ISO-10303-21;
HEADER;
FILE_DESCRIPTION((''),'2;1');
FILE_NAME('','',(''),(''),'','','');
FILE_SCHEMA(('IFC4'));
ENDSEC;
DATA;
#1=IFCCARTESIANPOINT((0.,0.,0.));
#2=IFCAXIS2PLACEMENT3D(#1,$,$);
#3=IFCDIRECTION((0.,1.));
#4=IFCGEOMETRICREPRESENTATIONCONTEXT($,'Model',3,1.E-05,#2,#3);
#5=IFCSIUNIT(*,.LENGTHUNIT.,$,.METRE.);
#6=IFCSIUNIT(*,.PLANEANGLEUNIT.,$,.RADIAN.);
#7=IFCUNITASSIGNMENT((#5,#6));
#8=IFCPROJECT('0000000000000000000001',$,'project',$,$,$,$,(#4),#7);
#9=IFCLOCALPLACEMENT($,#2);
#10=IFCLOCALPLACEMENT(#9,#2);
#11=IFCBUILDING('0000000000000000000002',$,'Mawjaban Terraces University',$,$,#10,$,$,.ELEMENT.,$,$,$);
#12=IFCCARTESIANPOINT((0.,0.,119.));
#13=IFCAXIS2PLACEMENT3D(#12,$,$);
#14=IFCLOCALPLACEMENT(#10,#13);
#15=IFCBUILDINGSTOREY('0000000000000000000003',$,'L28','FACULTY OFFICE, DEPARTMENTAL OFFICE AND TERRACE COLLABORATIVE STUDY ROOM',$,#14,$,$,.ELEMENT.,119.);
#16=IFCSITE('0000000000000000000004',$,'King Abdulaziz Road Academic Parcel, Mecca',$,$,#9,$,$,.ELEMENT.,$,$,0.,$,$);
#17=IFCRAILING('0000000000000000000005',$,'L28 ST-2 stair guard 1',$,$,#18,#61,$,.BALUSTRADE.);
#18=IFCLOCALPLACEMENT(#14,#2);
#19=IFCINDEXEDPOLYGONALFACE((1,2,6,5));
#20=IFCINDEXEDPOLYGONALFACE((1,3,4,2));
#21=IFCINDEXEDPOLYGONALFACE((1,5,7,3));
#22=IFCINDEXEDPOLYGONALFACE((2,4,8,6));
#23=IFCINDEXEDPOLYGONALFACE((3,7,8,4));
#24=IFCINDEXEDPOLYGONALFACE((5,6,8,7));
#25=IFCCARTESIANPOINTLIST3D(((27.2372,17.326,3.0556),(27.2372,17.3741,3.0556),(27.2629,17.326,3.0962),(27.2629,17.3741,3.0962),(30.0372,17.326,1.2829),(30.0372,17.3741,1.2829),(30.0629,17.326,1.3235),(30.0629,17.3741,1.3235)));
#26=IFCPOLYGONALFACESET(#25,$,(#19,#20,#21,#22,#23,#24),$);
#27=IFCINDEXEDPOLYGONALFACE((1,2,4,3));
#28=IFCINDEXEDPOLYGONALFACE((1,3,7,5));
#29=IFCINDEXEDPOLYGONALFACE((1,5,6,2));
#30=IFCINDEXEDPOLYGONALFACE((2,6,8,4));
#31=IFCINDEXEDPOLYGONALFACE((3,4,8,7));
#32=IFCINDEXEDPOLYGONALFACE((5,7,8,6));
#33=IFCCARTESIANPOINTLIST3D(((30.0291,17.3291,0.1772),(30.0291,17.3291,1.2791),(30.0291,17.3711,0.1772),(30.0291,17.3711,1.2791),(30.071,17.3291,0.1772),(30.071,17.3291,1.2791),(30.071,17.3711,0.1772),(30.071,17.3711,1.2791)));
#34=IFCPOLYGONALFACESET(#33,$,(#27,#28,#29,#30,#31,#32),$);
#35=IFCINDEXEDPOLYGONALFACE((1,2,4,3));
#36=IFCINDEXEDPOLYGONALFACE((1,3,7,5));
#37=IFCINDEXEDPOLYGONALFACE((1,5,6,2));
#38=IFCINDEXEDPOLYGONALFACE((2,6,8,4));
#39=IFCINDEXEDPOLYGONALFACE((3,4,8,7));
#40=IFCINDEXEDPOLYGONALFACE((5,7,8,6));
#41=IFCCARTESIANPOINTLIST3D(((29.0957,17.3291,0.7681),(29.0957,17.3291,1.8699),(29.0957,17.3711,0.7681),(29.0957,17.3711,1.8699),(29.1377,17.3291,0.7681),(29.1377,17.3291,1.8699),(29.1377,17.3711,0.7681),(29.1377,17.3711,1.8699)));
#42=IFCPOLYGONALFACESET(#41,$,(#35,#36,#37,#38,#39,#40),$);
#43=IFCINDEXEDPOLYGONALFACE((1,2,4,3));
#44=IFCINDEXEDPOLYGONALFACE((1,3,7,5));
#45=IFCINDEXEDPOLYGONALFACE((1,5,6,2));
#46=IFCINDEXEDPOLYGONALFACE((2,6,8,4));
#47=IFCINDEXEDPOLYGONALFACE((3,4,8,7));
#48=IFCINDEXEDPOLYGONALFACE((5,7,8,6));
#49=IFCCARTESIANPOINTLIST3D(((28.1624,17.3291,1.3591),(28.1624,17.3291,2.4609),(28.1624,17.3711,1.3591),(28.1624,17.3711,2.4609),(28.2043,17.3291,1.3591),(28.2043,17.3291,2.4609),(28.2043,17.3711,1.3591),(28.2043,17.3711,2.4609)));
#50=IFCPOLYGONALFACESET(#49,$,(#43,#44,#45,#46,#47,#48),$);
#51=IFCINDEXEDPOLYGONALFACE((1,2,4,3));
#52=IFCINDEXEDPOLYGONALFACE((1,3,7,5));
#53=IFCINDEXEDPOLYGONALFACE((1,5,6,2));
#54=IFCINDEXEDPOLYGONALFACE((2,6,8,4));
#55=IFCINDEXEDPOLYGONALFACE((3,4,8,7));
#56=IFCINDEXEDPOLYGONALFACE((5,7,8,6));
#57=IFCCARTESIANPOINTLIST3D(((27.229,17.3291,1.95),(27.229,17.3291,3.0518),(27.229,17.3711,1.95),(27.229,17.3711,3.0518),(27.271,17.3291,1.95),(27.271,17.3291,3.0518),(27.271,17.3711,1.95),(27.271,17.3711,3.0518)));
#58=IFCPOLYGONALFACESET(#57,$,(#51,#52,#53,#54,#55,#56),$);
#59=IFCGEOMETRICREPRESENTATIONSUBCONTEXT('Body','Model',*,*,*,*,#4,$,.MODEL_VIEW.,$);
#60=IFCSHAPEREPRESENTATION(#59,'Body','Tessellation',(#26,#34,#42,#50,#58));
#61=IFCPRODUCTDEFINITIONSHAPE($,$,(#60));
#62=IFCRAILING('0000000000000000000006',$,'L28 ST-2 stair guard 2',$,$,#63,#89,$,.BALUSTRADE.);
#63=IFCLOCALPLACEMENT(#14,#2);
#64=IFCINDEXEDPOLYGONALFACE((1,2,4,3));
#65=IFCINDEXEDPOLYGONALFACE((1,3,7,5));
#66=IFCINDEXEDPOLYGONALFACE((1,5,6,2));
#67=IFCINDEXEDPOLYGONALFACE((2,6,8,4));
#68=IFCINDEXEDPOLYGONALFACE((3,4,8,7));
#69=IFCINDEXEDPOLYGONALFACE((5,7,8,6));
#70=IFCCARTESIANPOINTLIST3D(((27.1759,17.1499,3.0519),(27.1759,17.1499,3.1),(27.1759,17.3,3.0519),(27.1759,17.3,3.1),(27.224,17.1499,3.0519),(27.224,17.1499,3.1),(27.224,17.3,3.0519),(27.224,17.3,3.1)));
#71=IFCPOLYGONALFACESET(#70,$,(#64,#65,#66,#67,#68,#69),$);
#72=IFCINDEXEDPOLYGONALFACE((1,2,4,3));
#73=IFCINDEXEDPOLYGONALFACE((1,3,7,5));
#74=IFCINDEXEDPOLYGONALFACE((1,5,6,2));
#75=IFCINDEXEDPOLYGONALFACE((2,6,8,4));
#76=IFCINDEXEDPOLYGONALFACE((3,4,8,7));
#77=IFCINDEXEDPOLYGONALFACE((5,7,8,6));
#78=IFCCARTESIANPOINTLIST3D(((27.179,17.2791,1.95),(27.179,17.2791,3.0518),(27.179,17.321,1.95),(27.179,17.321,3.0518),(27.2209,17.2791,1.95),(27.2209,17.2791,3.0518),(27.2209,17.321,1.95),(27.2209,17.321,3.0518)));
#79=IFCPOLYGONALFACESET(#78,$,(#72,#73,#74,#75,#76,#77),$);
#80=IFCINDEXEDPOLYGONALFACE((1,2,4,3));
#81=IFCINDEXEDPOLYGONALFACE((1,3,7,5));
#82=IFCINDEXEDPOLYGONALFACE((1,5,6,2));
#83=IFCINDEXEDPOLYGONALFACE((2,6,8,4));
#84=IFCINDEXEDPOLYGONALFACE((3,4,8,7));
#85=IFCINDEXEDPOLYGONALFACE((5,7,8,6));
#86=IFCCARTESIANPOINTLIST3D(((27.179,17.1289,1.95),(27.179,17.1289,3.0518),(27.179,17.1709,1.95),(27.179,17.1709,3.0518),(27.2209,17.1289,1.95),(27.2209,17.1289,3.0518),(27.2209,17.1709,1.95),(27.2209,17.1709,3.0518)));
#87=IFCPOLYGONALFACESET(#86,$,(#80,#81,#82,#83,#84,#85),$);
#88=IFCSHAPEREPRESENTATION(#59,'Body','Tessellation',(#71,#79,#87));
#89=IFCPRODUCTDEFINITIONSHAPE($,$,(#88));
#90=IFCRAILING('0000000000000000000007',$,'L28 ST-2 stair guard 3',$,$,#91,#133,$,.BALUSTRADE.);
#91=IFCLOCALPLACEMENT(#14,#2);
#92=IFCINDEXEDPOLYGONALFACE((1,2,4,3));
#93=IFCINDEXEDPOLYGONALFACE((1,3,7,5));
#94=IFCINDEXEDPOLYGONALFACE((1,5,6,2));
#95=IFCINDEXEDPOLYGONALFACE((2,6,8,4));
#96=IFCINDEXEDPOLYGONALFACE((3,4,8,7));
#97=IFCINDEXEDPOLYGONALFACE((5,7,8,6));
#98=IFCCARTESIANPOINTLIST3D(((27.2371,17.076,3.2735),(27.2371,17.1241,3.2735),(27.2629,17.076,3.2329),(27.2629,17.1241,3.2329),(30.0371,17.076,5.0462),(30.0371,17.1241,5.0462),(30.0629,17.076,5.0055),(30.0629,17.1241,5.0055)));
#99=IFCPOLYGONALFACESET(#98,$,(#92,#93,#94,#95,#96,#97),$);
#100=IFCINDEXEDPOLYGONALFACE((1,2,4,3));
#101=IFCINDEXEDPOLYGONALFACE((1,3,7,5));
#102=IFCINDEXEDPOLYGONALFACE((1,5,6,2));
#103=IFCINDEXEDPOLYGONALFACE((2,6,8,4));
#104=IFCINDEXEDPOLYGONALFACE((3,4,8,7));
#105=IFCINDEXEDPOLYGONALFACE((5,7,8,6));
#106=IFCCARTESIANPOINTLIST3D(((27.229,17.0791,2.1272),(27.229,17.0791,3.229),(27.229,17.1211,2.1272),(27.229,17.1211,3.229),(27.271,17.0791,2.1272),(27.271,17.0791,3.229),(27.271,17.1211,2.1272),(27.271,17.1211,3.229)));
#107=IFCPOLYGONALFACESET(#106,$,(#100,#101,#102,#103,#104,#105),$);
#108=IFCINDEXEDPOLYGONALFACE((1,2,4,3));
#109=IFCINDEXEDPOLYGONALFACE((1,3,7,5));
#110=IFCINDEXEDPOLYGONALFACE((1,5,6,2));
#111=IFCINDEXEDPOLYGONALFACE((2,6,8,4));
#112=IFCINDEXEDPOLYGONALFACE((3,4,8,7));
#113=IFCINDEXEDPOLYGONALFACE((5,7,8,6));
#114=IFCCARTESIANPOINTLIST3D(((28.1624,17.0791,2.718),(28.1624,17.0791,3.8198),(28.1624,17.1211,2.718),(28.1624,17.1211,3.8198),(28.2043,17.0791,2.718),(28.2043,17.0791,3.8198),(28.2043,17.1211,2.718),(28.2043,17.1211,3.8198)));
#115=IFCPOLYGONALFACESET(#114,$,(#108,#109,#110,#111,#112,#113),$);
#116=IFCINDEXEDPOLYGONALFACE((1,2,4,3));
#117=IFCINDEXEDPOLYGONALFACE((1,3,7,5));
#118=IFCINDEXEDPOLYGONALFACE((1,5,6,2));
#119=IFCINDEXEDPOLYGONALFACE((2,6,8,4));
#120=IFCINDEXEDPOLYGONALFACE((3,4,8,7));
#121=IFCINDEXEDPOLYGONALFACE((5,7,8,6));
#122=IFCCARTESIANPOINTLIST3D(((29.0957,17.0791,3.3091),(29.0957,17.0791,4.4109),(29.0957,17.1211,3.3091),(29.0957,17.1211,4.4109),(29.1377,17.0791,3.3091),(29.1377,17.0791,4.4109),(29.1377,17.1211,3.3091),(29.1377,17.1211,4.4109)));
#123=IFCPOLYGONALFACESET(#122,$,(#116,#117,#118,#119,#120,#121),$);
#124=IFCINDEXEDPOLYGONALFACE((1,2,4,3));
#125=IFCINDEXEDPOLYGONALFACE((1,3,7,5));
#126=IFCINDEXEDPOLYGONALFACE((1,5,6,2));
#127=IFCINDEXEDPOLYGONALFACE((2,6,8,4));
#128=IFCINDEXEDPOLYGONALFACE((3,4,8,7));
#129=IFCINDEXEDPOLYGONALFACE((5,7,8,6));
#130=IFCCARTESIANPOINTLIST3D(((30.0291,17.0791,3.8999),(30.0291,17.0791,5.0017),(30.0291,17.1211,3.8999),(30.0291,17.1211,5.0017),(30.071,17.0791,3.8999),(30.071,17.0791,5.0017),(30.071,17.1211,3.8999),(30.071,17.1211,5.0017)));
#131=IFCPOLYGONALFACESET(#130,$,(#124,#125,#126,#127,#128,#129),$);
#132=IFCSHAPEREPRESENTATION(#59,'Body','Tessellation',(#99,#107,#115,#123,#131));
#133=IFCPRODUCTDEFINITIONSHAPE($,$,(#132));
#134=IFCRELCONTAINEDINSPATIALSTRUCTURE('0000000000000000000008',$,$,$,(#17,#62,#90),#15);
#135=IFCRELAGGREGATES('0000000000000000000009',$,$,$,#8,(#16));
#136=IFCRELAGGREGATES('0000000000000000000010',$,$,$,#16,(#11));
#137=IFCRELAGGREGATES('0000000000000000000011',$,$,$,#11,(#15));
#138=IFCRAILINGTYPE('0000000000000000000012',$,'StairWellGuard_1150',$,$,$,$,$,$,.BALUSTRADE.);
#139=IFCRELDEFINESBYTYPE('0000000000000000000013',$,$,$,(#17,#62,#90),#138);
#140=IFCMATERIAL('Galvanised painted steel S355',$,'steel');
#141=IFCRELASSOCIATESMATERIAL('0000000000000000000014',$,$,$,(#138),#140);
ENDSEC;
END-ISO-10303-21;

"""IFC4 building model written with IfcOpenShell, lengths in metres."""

from ifc_helpers import new_model, si_unit, direction, frame, origin, origin_2d, place, context, subcontext, project, spatial, rectangle, extrude, material, type_object, element, save


model = new_model("IFC4")

# Units and contexts
model_context = context("Model", 3, precision=1e-05, world=origin(), true_north=direction((0.0, 1.0)))
body_context = subcontext(model_context, "Body", "Model", "MODEL_VIEW")
ifc_project = project(units=[si_unit("LENGTHUNIT", "METRE"), si_unit("PLANEANGLEUNIT", "RADIAN")], contexts=[model_context])

# Site, building, storey
site_placement = place(None, origin())
site = spatial("IfcSite", under=ifc_project, at=site_placement, Name="King Abdulaziz Road Academic Parcel, Mecca", CompositionType="ELEMENT", RefElevation=0.0)
building_placement = place(site_placement, origin())
building = spatial("IfcBuilding", under=site, at=building_placement, Name="Mawjaban Terraces University", CompositionType="ELEMENT")
storey_placement = place(building_placement, frame((0.0, 0.0, 119.0)))
storey = spatial("IfcBuildingStorey", under=building, at=storey_placement, Name="L28", Description="FACULTY OFFICE, DEPARTMENTAL OFFICE AND TERRACE COLLABORATIVE STUDY ROOM", CompositionType="ELEMENT", Elevation=119.0)

# Railings
ifc_material_1 = material(Name="Galvanised painted steel S355", Category="steel")
railing_type_1 = type_object("IfcRailingType", Name="StairWellGuard_1150", PredefinedType="BALUSTRADE", material=ifc_material_1)
railing_1_placement = place(storey_placement, frame((30.05, 17.3501, 0.1772)))
element("IfcRailing", 1, at=railing_1_placement, inside=storey, type_object=railing_type_1, Name="L28 ST-2 stair guard 1", PredefinedType="BALUSTRADE", context=body_context, shape_type="SweptSolid", body=[
    extrude(rectangle(XDim=0.0481, YDim=0.0481, at=origin_2d()), frame((0.0, 0.0, 1.126), z_axis=(-0.844909, 0.0, 0.53491), x_axis=(0.0, -1.0, 0.0)), (0.0, 0.0, 1.0), 3.314),
    extrude(rectangle(XDim=0.042, YDim=0.042, at=origin_2d()), origin(), (0.0, 0.0, 1.0), 1.1018),
    extrude(rectangle(XDim=0.042, YDim=0.042, at=origin_2d()), frame((-0.9333, 0.0, 0.5908)), (0.0, 0.0, 1.0), 1.1018),
    extrude(rectangle(XDim=0.042, YDim=0.042, at=origin_2d()), frame((-1.8667, 0.0, 1.1819)), (0.0, 0.0, 1.0), 1.1018),
    extrude(rectangle(XDim=0.042, YDim=0.042, at=origin_2d()), frame((-2.8, 0.0, 1.7727)), (0.0, 0.0, 1.0), 1.1018),
])
railing_2_placement = place(storey_placement, frame((27.2, 17.3, 1.95)))
element("IfcRailing", 2, at=railing_2_placement, inside=storey, type_object=railing_type_1, Name="L28 ST-2 stair guard 2", PredefinedType="BALUSTRADE", context=body_context, shape_type="SweptSolid", body=[
    extrude(rectangle(XDim=0.0481, YDim=0.0481, at=origin_2d()), frame((0.0, 0.0, 1.126), z_axis=(0.0, -1.0, 0.0), x_axis=(1.0, 0.0, 0.0)), (0.0, 0.0, 1.0), 0.1501),
    extrude(rectangle(XDim=0.042, YDim=0.042, at=origin_2d()), origin(), (0.0, 0.0, 1.0), 1.1018),
    extrude(rectangle(XDim=0.042, YDim=0.042, at=origin_2d()), frame((0.0, -0.1501, 0.0)), (0.0, 0.0, 1.0), 1.1018),
])
railing_3_placement = place(storey_placement, frame((27.25, 17.1001, 2.1272)))
element("IfcRailing", 3, at=railing_3_placement, inside=storey, type_object=railing_type_1, Name="L28 ST-2 stair guard 3", PredefinedType="BALUSTRADE", context=body_context, shape_type="SweptSolid", body=[
    extrude(rectangle(XDim=0.0481, YDim=0.0481, at=origin_2d()), frame((0.0, 0.0, 1.126), z_axis=(0.844909, 0.0, 0.53491), x_axis=(0.0, 1.0, 0.0)), (0.0, 0.0, 1.0), 3.314),
    extrude(rectangle(XDim=0.042, YDim=0.042, at=origin_2d()), origin(), (0.0, 0.0, 1.0), 1.1018),
    extrude(rectangle(XDim=0.042, YDim=0.042, at=origin_2d()), frame((0.9333, 0.0, 0.5908)), (0.0, 0.0, 1.0), 1.1018),
    extrude(rectangle(XDim=0.042, YDim=0.042, at=origin_2d()), frame((1.8667, 0.0, 1.1819)), (0.0, 0.0, 1.0), 1.1018),
    extrude(rectangle(XDim=0.042, YDim=0.042, at=origin_2d()), frame((2.8, 0.0, 1.7727)), (0.0, 0.0, 1.0), 1.1018),
])

save(model, "model.ifc")
